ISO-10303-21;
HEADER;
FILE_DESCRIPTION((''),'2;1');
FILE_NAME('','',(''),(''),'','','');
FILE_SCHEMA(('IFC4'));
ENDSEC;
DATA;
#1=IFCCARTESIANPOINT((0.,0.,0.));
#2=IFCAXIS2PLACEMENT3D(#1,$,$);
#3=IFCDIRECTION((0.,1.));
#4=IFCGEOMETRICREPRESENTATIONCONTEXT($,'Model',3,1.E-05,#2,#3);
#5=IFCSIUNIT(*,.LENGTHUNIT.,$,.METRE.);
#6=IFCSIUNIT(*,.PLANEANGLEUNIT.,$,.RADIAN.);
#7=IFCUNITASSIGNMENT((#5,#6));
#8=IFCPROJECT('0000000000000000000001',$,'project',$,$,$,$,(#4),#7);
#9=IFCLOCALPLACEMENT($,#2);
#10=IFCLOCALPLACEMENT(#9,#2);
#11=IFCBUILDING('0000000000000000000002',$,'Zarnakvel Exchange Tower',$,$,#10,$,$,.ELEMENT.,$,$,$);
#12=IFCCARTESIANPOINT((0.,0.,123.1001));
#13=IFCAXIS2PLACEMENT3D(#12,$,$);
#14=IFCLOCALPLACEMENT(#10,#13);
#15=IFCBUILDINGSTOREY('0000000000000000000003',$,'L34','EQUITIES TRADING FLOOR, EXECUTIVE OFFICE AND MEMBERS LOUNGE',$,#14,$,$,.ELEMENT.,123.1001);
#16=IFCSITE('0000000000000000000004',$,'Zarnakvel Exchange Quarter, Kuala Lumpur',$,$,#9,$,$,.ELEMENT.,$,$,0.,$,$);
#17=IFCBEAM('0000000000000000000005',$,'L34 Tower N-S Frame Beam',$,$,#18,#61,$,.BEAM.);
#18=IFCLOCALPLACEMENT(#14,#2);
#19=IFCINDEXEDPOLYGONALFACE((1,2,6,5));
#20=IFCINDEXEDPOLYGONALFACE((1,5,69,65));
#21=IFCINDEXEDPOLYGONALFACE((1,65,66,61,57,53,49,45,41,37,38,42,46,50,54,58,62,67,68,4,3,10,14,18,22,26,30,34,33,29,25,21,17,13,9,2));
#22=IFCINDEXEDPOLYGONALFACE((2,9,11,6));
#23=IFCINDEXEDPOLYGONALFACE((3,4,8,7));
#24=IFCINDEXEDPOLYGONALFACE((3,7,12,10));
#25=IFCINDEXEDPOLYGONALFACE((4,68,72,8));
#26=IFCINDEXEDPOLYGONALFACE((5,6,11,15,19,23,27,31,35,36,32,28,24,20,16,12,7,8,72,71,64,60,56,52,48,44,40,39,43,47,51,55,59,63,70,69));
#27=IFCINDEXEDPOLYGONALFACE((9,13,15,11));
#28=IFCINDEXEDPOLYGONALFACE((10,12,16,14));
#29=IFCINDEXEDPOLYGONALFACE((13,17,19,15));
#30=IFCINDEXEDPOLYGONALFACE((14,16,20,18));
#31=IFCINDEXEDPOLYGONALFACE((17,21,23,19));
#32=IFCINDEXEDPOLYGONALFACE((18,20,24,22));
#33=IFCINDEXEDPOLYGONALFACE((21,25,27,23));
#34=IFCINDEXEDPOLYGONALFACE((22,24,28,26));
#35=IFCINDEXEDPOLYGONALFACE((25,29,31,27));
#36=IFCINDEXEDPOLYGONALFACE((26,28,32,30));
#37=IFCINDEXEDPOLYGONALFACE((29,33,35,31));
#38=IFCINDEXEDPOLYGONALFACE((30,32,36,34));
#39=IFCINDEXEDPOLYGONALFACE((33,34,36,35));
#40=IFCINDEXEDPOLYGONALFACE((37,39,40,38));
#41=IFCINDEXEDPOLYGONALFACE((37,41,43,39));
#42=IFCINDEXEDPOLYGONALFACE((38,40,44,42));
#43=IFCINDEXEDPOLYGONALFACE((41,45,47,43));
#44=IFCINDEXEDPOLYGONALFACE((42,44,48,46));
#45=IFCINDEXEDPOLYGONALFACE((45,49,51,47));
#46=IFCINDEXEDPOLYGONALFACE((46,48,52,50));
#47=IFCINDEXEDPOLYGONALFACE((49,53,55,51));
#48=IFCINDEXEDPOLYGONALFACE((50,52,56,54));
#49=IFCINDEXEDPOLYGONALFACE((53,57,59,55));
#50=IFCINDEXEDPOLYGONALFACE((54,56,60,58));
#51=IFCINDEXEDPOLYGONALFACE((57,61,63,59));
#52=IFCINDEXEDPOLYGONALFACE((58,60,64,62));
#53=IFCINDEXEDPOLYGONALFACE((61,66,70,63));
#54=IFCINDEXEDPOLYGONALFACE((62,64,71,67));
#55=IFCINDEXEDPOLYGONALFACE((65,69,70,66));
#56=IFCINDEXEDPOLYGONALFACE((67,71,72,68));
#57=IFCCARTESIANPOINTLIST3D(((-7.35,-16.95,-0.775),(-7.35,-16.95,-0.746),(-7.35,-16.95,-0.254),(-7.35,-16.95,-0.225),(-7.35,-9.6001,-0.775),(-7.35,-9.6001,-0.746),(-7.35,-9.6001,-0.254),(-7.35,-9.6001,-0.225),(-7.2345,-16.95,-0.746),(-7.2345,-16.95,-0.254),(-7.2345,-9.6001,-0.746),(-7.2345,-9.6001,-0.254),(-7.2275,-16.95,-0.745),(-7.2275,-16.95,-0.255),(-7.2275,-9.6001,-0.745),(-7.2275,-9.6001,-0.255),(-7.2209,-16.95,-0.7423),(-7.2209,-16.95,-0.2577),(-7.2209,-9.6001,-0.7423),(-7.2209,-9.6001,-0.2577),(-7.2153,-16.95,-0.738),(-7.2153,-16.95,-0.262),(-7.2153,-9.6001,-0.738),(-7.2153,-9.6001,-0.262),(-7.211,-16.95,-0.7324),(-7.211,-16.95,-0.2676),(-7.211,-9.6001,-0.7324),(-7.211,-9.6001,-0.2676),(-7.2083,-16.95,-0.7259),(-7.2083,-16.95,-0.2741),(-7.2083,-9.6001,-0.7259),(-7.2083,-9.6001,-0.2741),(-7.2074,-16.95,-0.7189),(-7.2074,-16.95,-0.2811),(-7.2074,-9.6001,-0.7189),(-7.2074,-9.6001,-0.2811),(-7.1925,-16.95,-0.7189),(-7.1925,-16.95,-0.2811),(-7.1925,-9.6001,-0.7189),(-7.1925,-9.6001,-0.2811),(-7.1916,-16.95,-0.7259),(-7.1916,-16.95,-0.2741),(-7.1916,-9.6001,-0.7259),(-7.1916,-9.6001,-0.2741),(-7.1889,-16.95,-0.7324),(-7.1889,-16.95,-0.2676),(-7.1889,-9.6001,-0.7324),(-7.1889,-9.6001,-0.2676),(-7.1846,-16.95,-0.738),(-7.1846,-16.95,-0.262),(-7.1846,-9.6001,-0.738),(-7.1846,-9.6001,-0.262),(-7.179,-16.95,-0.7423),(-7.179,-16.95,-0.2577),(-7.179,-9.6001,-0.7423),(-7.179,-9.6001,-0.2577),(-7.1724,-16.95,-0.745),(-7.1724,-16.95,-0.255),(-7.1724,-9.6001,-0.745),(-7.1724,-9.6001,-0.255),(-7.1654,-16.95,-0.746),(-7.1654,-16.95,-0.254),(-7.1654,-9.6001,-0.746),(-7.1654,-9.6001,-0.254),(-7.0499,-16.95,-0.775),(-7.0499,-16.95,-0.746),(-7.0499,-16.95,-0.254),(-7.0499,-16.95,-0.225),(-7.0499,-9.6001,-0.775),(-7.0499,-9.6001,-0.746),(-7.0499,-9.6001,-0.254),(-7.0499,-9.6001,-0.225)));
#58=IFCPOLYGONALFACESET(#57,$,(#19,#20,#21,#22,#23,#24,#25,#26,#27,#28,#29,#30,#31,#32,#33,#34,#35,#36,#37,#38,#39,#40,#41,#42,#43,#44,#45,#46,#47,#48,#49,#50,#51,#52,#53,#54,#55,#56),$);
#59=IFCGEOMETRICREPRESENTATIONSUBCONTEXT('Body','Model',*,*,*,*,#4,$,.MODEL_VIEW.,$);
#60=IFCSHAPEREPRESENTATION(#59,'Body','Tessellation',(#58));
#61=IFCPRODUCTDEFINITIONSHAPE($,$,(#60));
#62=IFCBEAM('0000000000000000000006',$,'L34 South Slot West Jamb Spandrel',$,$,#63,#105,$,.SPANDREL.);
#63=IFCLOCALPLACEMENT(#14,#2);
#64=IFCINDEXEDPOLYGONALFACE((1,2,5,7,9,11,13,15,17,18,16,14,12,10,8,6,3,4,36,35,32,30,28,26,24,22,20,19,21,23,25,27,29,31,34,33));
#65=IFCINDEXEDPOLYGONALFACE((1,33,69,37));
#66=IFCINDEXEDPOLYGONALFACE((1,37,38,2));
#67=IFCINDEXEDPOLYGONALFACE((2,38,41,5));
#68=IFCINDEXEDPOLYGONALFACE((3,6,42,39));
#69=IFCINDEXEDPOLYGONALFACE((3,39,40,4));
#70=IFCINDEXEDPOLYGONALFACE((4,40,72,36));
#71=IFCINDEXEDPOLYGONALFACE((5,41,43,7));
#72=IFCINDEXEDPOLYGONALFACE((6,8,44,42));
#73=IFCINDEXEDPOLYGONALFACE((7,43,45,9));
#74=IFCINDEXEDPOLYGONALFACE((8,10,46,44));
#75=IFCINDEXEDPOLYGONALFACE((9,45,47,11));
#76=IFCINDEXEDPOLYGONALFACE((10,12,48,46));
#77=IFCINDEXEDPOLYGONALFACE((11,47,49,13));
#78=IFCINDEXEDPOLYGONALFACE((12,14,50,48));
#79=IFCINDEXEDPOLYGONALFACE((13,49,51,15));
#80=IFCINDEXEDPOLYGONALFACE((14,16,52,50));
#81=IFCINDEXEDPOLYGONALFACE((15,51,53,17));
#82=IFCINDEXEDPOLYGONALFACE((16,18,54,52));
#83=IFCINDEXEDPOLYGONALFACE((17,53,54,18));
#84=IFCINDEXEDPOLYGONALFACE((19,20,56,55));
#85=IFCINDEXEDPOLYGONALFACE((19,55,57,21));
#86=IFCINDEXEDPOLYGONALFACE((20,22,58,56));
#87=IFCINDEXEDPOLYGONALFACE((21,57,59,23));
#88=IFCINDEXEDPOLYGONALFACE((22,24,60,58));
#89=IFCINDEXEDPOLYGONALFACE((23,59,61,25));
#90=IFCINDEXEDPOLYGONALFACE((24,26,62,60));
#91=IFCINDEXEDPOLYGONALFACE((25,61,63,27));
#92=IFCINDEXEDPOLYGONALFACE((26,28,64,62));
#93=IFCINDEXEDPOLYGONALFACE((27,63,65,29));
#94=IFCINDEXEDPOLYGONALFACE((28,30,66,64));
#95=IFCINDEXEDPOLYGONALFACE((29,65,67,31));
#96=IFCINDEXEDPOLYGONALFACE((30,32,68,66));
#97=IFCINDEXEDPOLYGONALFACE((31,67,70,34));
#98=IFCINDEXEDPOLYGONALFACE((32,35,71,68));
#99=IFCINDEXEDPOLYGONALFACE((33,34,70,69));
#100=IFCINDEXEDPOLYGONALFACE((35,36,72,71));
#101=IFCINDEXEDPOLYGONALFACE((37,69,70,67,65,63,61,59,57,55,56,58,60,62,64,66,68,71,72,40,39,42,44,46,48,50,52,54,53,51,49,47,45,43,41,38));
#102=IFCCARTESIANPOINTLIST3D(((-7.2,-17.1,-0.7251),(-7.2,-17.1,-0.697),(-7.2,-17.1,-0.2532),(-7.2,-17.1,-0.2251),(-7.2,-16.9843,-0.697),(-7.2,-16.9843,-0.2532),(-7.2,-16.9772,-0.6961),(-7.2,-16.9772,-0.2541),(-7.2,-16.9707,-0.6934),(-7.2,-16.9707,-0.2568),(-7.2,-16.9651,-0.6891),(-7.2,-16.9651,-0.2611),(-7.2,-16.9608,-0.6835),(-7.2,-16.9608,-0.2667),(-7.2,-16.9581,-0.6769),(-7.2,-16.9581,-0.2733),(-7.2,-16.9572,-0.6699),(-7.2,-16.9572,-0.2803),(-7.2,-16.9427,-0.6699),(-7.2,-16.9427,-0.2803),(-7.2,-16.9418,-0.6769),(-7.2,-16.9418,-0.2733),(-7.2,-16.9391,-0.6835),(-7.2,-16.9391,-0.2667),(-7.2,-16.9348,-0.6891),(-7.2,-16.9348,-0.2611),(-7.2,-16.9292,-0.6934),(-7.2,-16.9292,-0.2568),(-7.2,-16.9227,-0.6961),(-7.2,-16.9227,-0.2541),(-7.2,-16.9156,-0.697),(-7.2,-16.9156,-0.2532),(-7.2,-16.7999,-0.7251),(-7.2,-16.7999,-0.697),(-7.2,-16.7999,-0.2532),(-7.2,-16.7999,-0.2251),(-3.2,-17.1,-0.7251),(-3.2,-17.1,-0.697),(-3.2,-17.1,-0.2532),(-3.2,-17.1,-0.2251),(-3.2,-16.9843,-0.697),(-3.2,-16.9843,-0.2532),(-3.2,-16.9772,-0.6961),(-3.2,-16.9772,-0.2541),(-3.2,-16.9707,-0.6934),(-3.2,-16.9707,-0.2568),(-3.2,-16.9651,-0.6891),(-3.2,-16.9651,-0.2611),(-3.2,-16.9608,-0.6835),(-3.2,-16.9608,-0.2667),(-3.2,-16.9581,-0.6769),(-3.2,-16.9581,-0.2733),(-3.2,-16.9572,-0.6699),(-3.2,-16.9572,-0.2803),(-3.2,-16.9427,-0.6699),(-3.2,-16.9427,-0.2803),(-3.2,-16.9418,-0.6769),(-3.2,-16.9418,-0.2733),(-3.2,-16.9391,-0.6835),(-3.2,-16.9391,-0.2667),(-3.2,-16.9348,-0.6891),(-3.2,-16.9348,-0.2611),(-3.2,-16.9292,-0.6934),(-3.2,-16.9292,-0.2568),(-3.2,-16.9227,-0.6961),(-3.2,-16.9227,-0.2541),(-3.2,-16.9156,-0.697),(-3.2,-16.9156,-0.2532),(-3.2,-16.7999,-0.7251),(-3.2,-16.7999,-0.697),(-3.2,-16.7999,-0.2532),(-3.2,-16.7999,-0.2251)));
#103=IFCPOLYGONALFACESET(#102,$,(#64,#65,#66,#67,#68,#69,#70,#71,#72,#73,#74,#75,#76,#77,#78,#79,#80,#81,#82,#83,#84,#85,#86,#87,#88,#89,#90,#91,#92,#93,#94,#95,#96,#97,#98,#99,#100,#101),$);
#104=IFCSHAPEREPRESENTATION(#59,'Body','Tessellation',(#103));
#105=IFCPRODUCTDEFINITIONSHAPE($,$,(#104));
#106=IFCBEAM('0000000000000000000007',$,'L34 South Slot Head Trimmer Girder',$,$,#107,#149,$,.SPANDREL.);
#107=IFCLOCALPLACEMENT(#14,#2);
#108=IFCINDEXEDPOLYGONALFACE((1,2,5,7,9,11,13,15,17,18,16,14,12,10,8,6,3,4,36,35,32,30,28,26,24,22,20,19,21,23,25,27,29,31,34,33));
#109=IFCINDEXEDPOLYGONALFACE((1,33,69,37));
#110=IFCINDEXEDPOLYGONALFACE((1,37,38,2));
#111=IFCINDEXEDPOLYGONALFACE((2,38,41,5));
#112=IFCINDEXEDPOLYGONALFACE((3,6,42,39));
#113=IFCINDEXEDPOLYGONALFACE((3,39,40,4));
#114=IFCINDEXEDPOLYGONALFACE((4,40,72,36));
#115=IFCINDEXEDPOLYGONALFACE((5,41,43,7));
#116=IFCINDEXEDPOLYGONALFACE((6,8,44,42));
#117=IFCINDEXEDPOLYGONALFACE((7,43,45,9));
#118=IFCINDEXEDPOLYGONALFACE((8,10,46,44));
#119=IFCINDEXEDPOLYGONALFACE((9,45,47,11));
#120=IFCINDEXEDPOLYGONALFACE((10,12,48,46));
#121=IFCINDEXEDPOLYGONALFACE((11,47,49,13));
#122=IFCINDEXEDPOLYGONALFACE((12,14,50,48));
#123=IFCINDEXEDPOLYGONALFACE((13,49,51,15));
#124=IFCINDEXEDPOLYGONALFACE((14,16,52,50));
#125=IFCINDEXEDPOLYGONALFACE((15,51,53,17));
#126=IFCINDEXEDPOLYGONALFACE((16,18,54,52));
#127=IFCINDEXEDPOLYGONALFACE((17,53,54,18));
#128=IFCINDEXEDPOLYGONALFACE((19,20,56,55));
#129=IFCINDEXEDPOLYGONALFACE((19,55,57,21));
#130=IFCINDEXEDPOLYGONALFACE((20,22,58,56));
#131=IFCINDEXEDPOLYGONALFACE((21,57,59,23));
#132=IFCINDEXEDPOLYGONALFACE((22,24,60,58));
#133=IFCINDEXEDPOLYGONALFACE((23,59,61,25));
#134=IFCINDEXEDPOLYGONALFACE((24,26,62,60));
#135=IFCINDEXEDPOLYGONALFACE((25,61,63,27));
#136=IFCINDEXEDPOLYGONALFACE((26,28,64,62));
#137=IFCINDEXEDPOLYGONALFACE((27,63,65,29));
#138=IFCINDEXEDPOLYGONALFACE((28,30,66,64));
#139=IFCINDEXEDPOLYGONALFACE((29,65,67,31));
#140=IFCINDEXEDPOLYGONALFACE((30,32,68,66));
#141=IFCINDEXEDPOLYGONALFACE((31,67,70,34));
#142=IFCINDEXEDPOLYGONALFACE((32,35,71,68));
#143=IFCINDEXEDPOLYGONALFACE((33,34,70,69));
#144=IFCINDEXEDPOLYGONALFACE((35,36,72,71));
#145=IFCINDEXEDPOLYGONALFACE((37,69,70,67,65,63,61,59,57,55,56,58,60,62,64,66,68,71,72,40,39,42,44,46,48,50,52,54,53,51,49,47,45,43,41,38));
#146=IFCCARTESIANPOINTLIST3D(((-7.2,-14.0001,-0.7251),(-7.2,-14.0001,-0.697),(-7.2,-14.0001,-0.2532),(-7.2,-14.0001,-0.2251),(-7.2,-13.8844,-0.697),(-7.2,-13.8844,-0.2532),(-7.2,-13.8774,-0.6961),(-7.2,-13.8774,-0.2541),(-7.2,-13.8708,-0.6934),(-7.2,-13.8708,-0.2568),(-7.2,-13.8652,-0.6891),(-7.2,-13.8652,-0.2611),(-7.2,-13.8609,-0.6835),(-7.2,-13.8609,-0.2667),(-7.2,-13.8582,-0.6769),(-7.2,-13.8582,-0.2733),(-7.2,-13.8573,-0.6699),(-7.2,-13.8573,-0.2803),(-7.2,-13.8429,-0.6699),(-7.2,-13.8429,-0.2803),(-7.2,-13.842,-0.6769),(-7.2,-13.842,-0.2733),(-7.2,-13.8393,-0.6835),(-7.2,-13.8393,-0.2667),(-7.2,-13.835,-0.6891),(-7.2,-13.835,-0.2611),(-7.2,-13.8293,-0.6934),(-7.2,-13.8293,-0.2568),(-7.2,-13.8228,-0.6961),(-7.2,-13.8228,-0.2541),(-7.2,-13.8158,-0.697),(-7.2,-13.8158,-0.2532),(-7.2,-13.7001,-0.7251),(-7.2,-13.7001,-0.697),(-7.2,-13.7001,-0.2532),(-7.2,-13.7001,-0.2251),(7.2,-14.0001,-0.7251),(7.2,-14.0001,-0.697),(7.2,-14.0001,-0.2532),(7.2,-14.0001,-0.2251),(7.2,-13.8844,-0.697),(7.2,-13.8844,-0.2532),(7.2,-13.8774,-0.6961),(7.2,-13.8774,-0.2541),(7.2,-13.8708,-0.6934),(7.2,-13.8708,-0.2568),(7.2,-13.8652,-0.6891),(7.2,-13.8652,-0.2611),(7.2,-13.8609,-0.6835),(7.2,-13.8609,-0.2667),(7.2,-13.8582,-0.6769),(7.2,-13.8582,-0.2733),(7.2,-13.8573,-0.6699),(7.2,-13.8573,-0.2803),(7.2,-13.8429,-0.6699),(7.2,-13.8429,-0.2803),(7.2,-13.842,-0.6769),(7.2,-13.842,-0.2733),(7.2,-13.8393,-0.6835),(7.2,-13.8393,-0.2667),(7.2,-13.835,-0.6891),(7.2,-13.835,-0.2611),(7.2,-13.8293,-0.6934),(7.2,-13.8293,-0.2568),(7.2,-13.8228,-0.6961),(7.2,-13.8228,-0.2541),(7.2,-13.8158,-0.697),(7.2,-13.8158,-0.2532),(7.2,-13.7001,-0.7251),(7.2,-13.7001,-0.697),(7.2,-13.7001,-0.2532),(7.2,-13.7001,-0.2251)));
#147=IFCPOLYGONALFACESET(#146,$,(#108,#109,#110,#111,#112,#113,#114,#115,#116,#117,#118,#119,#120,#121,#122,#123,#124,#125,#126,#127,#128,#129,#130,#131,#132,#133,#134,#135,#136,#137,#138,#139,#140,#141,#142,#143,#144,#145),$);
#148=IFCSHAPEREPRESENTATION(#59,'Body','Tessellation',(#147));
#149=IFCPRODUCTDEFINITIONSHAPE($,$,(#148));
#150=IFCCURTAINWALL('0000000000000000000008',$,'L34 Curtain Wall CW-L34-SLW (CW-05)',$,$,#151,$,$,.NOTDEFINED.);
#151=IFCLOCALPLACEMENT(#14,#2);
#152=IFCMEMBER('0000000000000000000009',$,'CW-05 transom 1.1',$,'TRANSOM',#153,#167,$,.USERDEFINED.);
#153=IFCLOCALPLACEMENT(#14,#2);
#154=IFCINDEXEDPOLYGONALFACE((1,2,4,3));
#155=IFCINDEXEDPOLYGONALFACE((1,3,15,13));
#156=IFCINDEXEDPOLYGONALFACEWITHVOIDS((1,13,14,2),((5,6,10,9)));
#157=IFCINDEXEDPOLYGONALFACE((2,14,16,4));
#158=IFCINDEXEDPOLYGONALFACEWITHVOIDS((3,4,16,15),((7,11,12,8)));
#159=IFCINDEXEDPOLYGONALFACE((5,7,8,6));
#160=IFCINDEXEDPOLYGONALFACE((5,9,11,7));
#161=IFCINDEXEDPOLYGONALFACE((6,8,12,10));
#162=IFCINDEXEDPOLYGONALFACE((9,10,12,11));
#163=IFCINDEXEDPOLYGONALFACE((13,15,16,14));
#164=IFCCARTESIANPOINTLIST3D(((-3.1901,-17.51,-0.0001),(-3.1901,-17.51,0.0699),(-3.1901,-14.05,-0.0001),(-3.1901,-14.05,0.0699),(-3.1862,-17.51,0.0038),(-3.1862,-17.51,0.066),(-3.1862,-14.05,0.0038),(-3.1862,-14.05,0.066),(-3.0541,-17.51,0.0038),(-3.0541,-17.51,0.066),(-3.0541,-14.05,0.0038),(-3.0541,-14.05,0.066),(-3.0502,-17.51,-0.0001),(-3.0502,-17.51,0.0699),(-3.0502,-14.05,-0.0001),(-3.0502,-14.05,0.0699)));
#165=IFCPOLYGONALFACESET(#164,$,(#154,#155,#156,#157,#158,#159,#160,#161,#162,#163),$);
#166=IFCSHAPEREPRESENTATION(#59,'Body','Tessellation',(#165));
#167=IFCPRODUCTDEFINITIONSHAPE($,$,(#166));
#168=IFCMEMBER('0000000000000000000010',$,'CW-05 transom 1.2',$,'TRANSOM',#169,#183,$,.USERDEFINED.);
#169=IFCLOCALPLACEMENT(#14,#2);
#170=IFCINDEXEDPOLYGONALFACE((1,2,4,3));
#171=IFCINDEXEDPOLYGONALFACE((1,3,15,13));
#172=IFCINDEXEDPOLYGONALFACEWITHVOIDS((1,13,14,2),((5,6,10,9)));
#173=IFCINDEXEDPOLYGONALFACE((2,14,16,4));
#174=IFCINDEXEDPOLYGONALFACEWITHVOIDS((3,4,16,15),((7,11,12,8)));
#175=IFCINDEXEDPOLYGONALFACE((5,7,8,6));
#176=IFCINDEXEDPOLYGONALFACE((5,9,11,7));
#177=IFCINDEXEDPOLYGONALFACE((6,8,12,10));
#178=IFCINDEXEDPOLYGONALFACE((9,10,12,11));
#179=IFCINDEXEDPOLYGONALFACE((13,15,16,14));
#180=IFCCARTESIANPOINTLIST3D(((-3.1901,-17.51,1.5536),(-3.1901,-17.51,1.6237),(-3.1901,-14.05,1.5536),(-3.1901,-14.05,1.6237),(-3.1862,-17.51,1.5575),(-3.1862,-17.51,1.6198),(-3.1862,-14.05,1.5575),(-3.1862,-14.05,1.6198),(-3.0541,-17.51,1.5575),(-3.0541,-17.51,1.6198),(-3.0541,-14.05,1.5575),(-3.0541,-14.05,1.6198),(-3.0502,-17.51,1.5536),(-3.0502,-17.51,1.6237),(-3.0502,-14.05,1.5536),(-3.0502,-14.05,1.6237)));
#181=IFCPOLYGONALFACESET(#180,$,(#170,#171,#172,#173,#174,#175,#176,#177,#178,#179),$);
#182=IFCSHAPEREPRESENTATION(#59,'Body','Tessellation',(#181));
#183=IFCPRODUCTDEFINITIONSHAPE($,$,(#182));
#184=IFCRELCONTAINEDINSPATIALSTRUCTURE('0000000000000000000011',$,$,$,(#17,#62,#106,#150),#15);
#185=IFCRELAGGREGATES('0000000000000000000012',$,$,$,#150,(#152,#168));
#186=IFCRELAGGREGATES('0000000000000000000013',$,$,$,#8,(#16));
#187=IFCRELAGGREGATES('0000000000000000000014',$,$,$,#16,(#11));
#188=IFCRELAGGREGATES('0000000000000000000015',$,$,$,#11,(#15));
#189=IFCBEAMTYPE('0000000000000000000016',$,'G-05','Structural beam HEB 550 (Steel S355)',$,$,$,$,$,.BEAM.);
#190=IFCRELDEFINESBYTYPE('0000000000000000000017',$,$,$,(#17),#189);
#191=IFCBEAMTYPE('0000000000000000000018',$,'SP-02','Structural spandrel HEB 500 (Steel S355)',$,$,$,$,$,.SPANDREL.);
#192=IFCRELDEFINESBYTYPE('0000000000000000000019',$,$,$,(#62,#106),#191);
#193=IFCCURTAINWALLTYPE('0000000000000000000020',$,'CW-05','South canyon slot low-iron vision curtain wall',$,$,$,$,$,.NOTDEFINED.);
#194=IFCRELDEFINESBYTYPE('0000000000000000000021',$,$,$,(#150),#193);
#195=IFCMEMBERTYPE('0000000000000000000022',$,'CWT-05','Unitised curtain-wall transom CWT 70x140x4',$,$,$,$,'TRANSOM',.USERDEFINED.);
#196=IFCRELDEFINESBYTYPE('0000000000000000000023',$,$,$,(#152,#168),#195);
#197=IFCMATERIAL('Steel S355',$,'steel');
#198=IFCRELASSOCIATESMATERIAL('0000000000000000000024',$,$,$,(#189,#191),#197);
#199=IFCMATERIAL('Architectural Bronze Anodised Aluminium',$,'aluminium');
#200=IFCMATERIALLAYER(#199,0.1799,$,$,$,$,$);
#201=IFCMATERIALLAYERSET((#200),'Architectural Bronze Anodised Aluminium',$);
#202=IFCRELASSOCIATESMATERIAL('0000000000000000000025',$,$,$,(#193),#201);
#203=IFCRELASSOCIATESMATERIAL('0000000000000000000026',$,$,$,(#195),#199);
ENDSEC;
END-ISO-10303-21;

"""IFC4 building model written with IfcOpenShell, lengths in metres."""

from ifc_helpers import new_model, si_unit, direction, frame, origin, origin_2d, place, context, subcontext, project, spatial, hollow_rectangle, i_section, extrude, source, transform, mapped, material, layer, layer_set, material_profile, profile_set, type_object, element, aggregate, save


model = new_model("IFC4")

# Units and contexts
model_context = context("Model", 3, precision=1e-05, world=origin(), true_north=direction((0.0, 1.0)))
body_context = subcontext(model_context, "Body", "Model", "MODEL_VIEW")
ifc_project = project(units=[si_unit("LENGTHUNIT", "METRE"), si_unit("PLANEANGLEUNIT", "RADIAN")], contexts=[model_context])

# Site, building, storey
site_placement = place(None, origin())
site = spatial("IfcSite", under=ifc_project, at=site_placement, Name="Zarnakvel Exchange Quarter, Kuala Lumpur", CompositionType="ELEMENT", RefElevation=0.0)
building_placement = place(site_placement, origin())
building = spatial("IfcBuilding", under=site, at=building_placement, Name="Zarnakvel Exchange Tower", CompositionType="ELEMENT")
storey_placement = place(building_placement, frame((0.0, 0.0, 123.1001)))
storey = spatial("IfcBuildingStorey", under=building, at=storey_placement, Name="L34", Description="EQUITIES TRADING FLOOR, EXECUTIVE OFFICE AND MEMBERS LOUNGE", CompositionType="ELEMENT", Elevation=123.1001)

# Beams
ifc_material_1 = material(Name="Steel S355", Category="steel")
ifc_material_profile_1 = material_profile(ifc_material_1, i_section(OverallWidth=0.3, OverallDepth=0.55, WebThickness=0.0149, FlangeThickness=0.0291, FilletRadius=0.0271, at=origin_2d()))
ifc_profile_set_1 = profile_set([ifc_material_profile_1], Name="Steel S355")
beam_type_1 = type_object("IfcBeamType", Name="G-05", Description="Structural beam HEB 550 (Steel S355)", PredefinedType="BEAM", material=ifc_profile_set_1)
beam_1_placement = place(storey_placement, frame((-7.2, -16.95, -0.5), z_axis=(0.0, 1.0, 0.0), x_axis=(-1.0, 0.0, 0.0)))
element("IfcBeam", 1, at=beam_1_placement, inside=storey, type_object=beam_type_1, Name="L34 Tower N-S Frame Beam", PredefinedType="BEAM", context=body_context, shape_type="SweptSolid", body=[
    extrude(i_section(OverallWidth=0.3, OverallDepth=0.55, WebThickness=0.0149, FlangeThickness=0.0291, FilletRadius=0.0271, at=origin_2d()), origin(), (0.0, 0.0, 1.0), 7.3499),
])
ifc_material_profile_2 = material_profile(ifc_material_1, i_section(OverallWidth=0.3, OverallDepth=0.5, WebThickness=0.0144, FlangeThickness=0.0281, FilletRadius=0.0271, at=origin_2d()))
ifc_profile_set_2 = profile_set([ifc_material_profile_2], Name="Steel S355")
beam_type_2 = type_object("IfcBeamType", Name="SP-02", Description="Structural spandrel HEB 500 (Steel S355)", PredefinedType="SPANDREL", material=ifc_profile_set_2)
beam_2_placement = place(storey_placement, frame((-7.2, -16.95, -0.4751), z_axis=(1.0, 0.0, 0.0), x_axis=(0.0, 1.0, 0.0)))
element("IfcBeam", 2, at=beam_2_placement, inside=storey, type_object=beam_type_2, Name="L34 South Slot West Jamb Spandrel", PredefinedType="SPANDREL", context=body_context, shape_type="SweptSolid", body=[
    extrude(i_section(OverallWidth=0.3, OverallDepth=0.5, WebThickness=0.0144, FlangeThickness=0.0281, FilletRadius=0.0271, at=origin_2d()), origin(), (0.0, 0.0, 1.0), 4.0),
])
beam_3_placement = place(storey_placement, frame((-7.2, -13.8501, -0.4751), z_axis=(1.0, 0.0, 0.0), x_axis=(0.0, 1.0, 0.0)))
element("IfcBeam", 3, at=beam_3_placement, inside=storey, type_object=beam_type_2, Name="L34 South Slot Head Trimmer Girder", PredefinedType="SPANDREL", context=body_context, shape_type="SweptSolid", body=[
    extrude(i_section(OverallWidth=0.3, OverallDepth=0.5, WebThickness=0.0144, FlangeThickness=0.0281, FilletRadius=0.0271, at=origin_2d()), origin(), (0.0, 0.0, 1.0), 14.3999),
])

# Curtain wall, members
ifc_material_2 = material(Name="Architectural Bronze Anodised Aluminium", Category="aluminium")
ifc_layer_1 = layer(ifc_material_2, 0.1799)
ifc_layer_set_1 = layer_set([ifc_layer_1], Name="Architectural Bronze Anodised Aluminium")
curtain_wall_type = type_object("IfcCurtainWallType", Name="CW-05", Description="South canyon slot low-iron vision curtain wall", PredefinedType="NOTDEFINED", material=ifc_layer_set_1)
curtain_wall_1_placement = place(storey_placement, origin())
curtain_wall_1 = element("IfcCurtainWall", 4, at=curtain_wall_1_placement, inside=storey, type_object=curtain_wall_type, Name="L34 Curtain Wall CW-L34-SLW (CW-05)", PredefinedType="NOTDEFINED")
ifc_material_profile_3 = material_profile(ifc_material_2, hollow_rectangle(XDim=0.1399, YDim=0.0701, WallThickness=0.0039, at=origin_2d()))
ifc_profile_set_3 = profile_set([ifc_material_profile_3], Name="Architectural Bronze Anodised Aluminium")
member_type_1 = type_object("IfcMemberType", Name="CWT-05", Description="Unitised curtain-wall transom CWT 70x140x4", ElementType="TRANSOM", PredefinedType="USERDEFINED", material=ifc_profile_set_3)
shared_shape_1 = source(origin(), body_context, "Body", "SweptSolid", [
    extrude(hollow_rectangle(XDim=0.1399, YDim=0.0701, WallThickness=0.0039, at=origin_2d()), origin(), (0.0, 0.0, 1.0), 3.46),
])
member_1_placement = place(storey_placement, frame((-3.1201, -17.51, 0.0349), z_axis=(0.0, 1.0, 0.0), x_axis=(-1.0, 0.0, 0.0)))
member_1 = element("IfcMember", 5, at=member_1_placement, type_object=member_type_1, Name="CW-05 transom 1.1", ObjectType="TRANSOM", PredefinedType="USERDEFINED", context=body_context, shape_type="MappedRepresentation", body=[
    mapped(shared_shape_1, transform((0.0, 0.0, 0.0), x_axis=(1.0, 0.0, 0.0), y_axis=(0.0, 1.0, 0.0), z_axis=(0.0, 0.0, 1.0), scale=1.0)),
])
member_2_placement = place(storey_placement, frame((-3.1201, -17.51, 1.5886), z_axis=(0.0, 1.0, 0.0), x_axis=(-1.0, 0.0, 0.0)))
member_2 = element("IfcMember", 6, at=member_2_placement, type_object=member_type_1, Name="CW-05 transom 1.2", ObjectType="TRANSOM", PredefinedType="USERDEFINED", context=body_context, shape_type="MappedRepresentation", body=[
    mapped(shared_shape_1, transform((0.0, 0.0, 0.0), x_axis=(1.0, 0.0, 0.0), y_axis=(0.0, 1.0, 0.0), z_axis=(0.0, 0.0, 1.0), scale=1.0)),
])

aggregate(curtain_wall_1, [member_1, member_2])

save(model, "model.ifc")
